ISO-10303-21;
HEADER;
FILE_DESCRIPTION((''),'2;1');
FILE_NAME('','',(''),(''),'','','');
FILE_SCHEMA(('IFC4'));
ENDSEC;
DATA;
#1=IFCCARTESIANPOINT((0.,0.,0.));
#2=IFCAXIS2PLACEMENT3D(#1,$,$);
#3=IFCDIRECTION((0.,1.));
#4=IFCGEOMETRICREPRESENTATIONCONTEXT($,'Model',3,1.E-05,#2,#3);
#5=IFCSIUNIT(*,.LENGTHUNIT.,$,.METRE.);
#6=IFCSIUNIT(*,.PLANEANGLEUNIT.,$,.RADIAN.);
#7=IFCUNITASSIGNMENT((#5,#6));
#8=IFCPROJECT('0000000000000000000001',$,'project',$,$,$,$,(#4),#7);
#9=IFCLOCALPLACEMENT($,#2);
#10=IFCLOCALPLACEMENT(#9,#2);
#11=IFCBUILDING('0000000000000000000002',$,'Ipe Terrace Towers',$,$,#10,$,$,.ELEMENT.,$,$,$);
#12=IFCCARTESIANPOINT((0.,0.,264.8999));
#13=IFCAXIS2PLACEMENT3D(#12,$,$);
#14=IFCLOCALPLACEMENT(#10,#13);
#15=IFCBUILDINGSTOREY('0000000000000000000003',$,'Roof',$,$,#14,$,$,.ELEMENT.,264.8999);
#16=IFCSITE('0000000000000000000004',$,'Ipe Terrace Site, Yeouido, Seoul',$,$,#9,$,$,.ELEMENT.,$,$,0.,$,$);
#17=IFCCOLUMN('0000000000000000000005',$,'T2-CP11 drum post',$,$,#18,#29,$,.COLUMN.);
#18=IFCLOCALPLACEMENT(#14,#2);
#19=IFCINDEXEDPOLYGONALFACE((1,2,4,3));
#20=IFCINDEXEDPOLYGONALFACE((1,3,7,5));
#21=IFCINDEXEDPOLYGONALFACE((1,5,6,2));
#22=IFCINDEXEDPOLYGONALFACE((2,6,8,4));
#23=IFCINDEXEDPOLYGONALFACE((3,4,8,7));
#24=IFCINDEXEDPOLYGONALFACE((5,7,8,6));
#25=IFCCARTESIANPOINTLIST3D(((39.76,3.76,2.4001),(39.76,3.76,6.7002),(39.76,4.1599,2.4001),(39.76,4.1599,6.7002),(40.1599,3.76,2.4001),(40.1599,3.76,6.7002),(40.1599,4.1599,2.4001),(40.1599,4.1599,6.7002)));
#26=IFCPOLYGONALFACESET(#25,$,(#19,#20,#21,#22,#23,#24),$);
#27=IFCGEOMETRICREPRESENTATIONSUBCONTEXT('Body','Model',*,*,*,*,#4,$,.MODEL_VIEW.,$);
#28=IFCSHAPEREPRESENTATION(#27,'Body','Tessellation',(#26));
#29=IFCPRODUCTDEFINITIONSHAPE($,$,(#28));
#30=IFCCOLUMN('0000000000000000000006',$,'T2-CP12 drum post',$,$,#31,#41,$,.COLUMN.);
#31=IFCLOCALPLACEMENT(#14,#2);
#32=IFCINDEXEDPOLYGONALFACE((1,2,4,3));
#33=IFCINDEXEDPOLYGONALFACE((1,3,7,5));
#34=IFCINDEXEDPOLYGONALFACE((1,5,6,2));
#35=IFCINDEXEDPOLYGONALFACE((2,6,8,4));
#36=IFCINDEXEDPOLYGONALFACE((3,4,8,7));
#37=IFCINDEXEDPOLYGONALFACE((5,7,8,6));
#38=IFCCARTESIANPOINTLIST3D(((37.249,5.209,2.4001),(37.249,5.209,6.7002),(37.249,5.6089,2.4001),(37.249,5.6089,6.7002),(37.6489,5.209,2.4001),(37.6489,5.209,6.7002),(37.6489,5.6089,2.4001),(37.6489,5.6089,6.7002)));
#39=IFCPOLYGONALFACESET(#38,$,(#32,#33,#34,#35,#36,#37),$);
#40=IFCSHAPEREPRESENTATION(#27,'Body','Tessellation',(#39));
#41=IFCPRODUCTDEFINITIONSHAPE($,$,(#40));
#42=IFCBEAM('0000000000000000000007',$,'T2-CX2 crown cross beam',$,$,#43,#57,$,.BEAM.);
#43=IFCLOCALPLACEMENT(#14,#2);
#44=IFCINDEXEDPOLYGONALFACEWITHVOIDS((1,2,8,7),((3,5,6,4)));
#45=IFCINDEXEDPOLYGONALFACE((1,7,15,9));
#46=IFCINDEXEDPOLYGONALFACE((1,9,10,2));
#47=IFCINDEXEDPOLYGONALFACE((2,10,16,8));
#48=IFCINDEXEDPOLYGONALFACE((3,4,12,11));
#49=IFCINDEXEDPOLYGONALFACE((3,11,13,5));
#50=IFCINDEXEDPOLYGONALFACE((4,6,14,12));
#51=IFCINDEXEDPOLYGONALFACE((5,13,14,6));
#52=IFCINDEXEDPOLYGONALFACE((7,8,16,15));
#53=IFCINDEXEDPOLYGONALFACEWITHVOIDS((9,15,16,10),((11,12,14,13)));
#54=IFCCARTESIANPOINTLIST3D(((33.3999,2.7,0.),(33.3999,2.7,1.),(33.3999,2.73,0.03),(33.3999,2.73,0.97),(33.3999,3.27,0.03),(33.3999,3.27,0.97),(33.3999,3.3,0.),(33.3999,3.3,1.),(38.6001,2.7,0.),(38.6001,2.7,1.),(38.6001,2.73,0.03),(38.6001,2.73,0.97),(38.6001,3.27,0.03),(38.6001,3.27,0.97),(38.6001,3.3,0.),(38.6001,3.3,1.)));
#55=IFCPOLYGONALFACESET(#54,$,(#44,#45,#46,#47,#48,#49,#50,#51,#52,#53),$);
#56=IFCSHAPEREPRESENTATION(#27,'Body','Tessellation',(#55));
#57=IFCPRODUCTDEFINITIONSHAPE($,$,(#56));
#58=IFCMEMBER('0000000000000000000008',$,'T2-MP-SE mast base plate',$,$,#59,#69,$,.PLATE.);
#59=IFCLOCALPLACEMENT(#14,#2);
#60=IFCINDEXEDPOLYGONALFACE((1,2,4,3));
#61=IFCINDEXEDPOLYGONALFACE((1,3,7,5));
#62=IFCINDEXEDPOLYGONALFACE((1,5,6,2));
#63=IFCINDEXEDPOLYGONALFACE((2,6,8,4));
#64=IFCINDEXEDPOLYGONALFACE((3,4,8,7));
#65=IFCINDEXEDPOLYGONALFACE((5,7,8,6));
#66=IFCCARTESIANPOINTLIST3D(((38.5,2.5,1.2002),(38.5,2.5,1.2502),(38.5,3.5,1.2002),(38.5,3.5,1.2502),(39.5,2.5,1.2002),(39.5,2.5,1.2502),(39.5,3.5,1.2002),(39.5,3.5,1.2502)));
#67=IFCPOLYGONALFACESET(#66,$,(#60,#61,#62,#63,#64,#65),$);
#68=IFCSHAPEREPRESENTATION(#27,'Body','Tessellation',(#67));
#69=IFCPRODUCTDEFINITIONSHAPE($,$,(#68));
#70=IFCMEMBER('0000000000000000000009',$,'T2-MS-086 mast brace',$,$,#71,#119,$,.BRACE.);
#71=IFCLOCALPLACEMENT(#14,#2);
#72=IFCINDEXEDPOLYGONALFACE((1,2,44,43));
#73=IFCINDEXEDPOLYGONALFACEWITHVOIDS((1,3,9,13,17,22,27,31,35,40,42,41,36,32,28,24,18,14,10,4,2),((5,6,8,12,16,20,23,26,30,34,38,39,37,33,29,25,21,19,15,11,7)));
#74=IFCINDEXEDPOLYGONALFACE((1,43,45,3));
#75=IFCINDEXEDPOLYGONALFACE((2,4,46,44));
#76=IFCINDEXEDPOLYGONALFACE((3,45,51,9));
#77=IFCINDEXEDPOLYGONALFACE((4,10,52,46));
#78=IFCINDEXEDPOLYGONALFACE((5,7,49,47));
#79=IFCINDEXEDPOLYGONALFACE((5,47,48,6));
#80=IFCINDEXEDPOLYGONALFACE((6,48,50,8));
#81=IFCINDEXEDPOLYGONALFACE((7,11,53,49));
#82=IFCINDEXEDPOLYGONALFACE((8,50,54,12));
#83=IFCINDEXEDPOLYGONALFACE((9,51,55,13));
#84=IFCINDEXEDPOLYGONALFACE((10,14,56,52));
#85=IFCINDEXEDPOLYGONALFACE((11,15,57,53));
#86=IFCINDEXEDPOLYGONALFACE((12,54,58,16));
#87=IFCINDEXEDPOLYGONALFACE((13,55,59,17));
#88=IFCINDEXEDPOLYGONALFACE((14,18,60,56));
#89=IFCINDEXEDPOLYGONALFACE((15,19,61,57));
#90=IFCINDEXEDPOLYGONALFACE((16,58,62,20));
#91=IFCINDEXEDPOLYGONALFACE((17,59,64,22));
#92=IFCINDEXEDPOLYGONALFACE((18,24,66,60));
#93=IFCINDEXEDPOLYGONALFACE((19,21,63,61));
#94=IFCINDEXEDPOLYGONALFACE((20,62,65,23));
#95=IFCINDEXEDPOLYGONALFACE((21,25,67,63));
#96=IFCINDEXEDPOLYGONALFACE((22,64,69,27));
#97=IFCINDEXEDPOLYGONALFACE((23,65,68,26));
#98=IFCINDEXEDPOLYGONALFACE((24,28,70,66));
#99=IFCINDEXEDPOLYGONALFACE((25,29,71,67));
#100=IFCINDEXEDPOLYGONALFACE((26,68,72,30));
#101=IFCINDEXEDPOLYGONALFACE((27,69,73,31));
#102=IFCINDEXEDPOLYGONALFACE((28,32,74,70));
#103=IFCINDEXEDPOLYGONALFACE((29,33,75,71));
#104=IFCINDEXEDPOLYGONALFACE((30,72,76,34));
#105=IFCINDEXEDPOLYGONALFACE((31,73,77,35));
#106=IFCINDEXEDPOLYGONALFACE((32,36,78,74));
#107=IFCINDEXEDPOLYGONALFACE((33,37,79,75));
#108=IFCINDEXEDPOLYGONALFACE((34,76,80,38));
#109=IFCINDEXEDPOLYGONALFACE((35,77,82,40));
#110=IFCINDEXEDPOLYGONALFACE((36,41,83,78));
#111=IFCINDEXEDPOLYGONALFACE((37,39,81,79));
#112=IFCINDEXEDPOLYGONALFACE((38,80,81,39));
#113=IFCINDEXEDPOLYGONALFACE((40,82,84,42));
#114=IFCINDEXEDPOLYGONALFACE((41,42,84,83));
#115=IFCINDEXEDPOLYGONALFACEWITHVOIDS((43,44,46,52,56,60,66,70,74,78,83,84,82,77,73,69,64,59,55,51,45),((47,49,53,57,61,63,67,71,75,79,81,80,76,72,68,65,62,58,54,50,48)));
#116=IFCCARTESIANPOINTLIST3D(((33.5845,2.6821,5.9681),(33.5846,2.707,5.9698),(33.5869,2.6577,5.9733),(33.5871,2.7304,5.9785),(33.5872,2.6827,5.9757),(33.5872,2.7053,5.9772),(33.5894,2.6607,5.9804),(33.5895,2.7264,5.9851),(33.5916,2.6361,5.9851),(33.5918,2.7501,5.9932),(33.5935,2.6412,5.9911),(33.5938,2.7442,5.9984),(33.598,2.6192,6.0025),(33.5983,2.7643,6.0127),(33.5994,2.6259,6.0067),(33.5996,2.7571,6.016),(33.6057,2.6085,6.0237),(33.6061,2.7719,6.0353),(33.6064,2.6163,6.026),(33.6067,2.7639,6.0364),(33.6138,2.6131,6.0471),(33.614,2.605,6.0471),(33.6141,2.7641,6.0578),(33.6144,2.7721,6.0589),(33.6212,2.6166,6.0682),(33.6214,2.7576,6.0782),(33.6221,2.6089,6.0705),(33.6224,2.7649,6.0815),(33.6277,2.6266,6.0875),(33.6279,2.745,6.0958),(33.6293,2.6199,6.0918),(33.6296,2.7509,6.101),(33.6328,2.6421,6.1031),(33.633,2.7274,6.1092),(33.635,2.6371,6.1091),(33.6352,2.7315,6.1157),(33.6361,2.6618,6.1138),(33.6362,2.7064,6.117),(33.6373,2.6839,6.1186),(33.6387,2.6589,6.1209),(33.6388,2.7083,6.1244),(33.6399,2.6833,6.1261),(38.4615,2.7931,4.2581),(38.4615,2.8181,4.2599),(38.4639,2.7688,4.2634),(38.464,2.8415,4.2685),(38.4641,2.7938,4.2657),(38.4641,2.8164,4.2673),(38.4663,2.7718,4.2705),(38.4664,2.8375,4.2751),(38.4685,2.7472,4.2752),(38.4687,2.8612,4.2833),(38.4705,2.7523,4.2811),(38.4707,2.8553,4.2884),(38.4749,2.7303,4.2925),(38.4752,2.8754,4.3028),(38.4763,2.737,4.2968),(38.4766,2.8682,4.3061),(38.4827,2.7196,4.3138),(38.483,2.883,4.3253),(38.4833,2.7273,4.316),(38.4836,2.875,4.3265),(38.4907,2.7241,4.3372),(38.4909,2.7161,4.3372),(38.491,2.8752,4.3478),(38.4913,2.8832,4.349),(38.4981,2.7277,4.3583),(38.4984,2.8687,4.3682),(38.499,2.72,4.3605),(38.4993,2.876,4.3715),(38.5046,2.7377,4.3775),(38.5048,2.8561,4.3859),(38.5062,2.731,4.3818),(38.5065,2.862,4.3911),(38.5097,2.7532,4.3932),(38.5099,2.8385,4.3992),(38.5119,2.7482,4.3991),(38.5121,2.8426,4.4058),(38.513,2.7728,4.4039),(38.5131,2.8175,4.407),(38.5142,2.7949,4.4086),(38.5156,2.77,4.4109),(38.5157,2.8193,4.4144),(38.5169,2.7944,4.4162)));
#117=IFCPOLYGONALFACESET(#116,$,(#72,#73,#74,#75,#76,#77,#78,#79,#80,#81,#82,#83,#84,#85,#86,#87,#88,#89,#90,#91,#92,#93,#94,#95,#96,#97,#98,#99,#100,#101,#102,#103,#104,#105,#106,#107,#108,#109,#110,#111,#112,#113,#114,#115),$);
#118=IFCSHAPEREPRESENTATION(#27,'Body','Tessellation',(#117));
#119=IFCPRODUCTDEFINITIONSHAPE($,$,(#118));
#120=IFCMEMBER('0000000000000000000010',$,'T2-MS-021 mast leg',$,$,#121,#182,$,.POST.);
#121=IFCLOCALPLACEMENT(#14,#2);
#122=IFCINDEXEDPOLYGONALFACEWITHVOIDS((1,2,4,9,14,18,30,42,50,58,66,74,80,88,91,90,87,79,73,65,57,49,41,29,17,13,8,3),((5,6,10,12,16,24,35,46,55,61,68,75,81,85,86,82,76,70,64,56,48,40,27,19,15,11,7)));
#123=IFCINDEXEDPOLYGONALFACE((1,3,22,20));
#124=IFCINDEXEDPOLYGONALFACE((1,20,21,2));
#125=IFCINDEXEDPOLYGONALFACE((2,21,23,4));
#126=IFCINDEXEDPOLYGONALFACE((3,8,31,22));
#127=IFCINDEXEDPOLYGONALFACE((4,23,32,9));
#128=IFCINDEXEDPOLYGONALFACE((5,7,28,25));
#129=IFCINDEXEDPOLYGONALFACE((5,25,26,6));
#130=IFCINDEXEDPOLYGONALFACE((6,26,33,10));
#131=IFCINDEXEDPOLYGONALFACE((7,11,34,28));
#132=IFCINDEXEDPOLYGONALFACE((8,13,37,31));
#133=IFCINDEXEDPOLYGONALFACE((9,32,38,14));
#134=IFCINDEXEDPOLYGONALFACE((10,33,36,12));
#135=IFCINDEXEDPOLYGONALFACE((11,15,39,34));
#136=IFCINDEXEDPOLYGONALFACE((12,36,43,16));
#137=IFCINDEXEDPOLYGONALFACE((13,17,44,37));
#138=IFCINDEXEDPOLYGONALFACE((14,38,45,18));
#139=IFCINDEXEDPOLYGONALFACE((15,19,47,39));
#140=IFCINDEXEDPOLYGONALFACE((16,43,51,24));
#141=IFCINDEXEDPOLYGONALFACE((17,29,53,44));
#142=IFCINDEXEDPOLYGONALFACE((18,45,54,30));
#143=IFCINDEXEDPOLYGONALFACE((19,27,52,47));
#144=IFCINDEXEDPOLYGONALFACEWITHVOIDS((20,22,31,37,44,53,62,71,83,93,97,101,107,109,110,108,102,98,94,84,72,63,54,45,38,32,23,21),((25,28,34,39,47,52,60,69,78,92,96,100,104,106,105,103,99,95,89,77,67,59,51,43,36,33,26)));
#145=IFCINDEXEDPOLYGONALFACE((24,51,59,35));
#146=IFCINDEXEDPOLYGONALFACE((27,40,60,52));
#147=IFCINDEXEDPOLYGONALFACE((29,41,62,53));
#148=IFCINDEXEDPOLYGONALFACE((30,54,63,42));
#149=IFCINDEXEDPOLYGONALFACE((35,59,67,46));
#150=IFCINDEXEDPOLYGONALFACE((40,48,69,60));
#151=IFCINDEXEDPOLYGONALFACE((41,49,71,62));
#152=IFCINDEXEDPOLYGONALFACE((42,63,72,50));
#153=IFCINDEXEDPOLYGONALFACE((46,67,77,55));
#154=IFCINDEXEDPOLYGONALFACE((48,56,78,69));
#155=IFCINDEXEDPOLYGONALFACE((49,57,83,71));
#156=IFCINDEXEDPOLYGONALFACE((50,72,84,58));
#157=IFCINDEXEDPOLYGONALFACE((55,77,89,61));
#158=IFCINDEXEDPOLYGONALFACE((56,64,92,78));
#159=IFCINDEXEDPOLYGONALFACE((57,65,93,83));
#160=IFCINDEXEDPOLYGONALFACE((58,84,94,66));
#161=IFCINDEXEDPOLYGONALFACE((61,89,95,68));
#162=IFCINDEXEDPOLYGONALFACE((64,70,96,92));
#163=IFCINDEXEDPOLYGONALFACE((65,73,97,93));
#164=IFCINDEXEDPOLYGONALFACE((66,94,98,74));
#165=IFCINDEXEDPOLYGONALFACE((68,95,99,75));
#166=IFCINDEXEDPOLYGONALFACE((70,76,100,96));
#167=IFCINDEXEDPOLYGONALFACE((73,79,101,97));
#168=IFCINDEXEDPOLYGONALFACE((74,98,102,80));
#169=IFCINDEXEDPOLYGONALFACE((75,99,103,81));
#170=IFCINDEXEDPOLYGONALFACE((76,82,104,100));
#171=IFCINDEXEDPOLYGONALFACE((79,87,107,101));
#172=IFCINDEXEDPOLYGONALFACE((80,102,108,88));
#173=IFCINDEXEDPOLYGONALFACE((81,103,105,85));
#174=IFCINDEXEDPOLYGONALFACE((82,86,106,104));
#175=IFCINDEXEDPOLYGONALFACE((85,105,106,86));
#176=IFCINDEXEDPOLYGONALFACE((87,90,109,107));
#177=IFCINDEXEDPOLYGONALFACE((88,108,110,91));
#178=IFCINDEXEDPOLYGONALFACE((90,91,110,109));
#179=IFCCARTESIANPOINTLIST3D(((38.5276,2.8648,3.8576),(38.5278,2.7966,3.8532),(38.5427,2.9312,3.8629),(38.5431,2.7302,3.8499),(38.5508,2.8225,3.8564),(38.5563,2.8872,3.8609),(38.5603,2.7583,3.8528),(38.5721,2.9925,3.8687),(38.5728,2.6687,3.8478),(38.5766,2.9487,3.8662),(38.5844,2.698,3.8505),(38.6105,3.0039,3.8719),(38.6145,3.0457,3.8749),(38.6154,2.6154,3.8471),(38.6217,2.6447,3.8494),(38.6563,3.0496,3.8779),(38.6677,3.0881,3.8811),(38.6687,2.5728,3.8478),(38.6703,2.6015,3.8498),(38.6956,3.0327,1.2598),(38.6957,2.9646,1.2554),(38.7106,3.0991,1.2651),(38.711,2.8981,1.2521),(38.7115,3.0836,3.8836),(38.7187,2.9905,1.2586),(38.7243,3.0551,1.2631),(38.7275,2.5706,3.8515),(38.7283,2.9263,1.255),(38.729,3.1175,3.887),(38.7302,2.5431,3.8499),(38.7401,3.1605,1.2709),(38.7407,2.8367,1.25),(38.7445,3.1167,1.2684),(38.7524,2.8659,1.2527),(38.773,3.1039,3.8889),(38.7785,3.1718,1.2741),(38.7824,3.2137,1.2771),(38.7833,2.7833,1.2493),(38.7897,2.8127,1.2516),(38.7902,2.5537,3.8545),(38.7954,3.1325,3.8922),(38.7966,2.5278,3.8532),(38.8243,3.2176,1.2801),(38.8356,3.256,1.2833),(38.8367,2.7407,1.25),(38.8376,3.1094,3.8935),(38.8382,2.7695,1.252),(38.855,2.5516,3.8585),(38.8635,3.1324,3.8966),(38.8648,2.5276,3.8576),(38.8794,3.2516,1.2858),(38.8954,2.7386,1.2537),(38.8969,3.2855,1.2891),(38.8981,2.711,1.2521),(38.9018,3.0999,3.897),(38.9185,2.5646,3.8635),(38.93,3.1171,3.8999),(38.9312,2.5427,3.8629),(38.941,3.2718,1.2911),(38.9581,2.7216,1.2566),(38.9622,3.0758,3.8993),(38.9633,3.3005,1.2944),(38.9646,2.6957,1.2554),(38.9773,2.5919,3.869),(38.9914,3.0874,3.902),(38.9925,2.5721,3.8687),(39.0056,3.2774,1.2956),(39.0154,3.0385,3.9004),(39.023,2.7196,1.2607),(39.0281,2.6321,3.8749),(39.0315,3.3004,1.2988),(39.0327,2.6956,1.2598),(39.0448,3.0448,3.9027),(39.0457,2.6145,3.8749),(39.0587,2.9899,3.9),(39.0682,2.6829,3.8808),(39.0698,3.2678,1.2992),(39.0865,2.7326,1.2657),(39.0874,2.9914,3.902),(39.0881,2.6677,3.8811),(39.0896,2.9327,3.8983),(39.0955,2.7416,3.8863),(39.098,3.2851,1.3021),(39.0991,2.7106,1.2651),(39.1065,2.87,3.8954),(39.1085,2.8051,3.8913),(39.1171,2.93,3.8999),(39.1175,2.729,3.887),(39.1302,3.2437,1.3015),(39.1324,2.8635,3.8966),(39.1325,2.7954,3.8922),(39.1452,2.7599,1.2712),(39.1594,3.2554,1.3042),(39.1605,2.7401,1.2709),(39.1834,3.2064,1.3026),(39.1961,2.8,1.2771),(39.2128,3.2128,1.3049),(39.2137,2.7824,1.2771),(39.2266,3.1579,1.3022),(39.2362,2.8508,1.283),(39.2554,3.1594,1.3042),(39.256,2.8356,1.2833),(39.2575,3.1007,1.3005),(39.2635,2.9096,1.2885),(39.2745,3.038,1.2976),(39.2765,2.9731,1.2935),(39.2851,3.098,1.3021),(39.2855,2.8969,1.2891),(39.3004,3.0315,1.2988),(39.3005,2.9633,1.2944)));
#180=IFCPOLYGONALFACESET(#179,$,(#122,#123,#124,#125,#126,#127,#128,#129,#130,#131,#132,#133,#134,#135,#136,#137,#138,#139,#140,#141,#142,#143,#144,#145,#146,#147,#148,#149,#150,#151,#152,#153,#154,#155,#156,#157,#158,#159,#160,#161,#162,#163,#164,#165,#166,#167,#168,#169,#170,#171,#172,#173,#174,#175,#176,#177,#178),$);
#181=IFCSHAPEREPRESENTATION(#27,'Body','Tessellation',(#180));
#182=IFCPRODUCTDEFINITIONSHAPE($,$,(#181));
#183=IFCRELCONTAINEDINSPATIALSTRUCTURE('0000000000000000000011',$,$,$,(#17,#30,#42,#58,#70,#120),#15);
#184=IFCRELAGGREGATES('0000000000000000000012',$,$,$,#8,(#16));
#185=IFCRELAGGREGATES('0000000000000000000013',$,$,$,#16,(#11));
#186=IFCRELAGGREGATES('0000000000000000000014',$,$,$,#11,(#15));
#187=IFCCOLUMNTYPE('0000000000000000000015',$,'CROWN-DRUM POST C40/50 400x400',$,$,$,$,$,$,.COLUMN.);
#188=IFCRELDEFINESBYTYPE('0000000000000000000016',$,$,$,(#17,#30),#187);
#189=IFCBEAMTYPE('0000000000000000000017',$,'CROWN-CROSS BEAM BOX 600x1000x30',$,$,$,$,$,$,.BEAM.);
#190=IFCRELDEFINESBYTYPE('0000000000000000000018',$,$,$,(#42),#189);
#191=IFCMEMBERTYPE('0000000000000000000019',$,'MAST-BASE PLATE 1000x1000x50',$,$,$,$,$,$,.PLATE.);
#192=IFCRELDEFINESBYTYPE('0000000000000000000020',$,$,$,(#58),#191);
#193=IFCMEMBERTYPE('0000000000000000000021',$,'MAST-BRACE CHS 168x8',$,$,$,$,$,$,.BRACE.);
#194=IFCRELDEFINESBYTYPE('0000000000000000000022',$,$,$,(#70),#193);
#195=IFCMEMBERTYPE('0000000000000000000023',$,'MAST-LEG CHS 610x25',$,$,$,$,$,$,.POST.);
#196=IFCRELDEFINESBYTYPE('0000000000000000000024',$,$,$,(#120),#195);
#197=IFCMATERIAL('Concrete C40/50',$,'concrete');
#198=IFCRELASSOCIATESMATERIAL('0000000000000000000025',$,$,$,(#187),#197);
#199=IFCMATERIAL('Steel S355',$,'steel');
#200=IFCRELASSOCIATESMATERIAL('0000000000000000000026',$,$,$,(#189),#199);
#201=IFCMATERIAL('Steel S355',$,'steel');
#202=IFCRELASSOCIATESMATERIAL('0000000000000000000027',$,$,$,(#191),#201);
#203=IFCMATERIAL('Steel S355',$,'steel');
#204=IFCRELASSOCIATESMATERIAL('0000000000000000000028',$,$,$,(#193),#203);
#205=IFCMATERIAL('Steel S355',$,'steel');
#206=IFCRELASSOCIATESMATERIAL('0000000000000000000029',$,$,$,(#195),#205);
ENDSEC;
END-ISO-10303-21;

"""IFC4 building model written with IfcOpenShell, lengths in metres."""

from ifc_helpers import new_model, si_unit, direction, frame, origin, origin_2d, place, context, subcontext, project, spatial, rectangle, hollow_rectangle, hollow_circle, extrude, material, material_profile, profile_set, type_object, element, save


model = new_model("IFC4")

# Units and contexts
model_context = context("Model", 3, precision=1e-05, world=origin(), true_north=direction((0.0, 1.0)))
body_context = subcontext(model_context, "Body", "Model", "MODEL_VIEW")
ifc_project = project(units=[si_unit("LENGTHUNIT", "METRE"), si_unit("PLANEANGLEUNIT", "RADIAN")], contexts=[model_context])

# Site, building, storey
site_placement = place(None, origin())
site = spatial("IfcSite", under=ifc_project, at=site_placement, Name="Ipe Terrace Site, Yeouido, Seoul", CompositionType="ELEMENT", RefElevation=0.0)
building_placement = place(site_placement, origin())
building = spatial("IfcBuilding", under=site, at=building_placement, Name="Ipe Terrace Towers", CompositionType="ELEMENT")
storey_placement = place(building_placement, frame((0.0, 0.0, 264.8999)))
storey = spatial("IfcBuildingStorey", under=building, at=storey_placement, Name="Roof", CompositionType="ELEMENT", Elevation=264.8999)

# Columns
ifc_material_1 = material(Name="Concrete C40/50", Category="concrete")
ifc_material_profile_1 = material_profile(ifc_material_1, rectangle(XDim=0.3999, YDim=0.3999, at=origin_2d()), Name="CROWN-DRUM POST C40/50 400x400")
ifc_profile_set_1 = profile_set([ifc_material_profile_1], Name="Concrete C40/50")
column_type = type_object("IfcColumnType", Name="CROWN-DRUM POST C40/50 400x400", PredefinedType="COLUMN", material=ifc_profile_set_1)
for number, where, z_axis, x_axis, name in (
    (1, (39.96, 3.96, 2.4001), (0.0, 0.0, 1.0), (1.0, 0.0, 0.0), "T2-CP11 drum post"),
    (2, (37.449, 5.4089, 2.4001), (0.0, 0.0, 1.0), (1.0, 0.0, 0.0), "T2-CP12 drum post"),
):
    element("IfcColumn", number, at=place(storey_placement, frame(where, z_axis=z_axis, x_axis=x_axis)), inside=storey, type_object=column_type, Name=name, PredefinedType="COLUMN", context=body_context, shape_type="SweptSolid", body=[
        extrude(rectangle(XDim=0.3999, YDim=0.3999, at=origin_2d()), origin(), (0.0, 0.0, 1.0), 4.3),
    ])

# Beam
ifc_material_2 = material(Name="Steel S355", Category="steel")
ifc_material_profile_2 = material_profile(ifc_material_2, hollow_rectangle(XDim=0.6001, YDim=1.0, WallThickness=0.03, at=origin_2d()), Name="CROWN-CROSS BEAM BOX 600x1000x30")
ifc_profile_set_2 = profile_set([ifc_material_profile_2], Name="Steel S355")
beam_type_1 = type_object("IfcBeamType", Name="CROWN-CROSS BEAM BOX 600x1000x30", PredefinedType="BEAM", material=ifc_profile_set_2)
beam_1_placement = place(storey_placement, frame((38.6001, 3.0, 0.5), z_axis=(-1.0, 0.0, 0.0), x_axis=(0.0, -1.0, 0.0)))
element("IfcBeam", 3, at=beam_1_placement, inside=storey, type_object=beam_type_1, Name="T2-CX2 crown cross beam", PredefinedType="BEAM", context=body_context, shape_type="SweptSolid", body=[
    extrude(hollow_rectangle(XDim=0.6001, YDim=1.0, WallThickness=0.03, at=origin_2d()), origin(), (0.0, 0.0, 1.0), 5.2002),
])

# Members
ifc_material_3 = material(Name="Steel S355", Category="steel")
member_type_1 = type_object("IfcMemberType", Name="MAST-BASE PLATE 1000x1000x50", PredefinedType="PLATE", material=ifc_material_3)
member_1_placement = place(storey_placement, frame((39.0, 3.0, 1.2002), z_axis=(0.0, 0.0, 1.0), x_axis=(1.0, 0.0, 0.0)))
element("IfcMember", 4, at=member_1_placement, inside=storey, type_object=member_type_1, Name="T2-MP-SE mast base plate", PredefinedType="PLATE", context=body_context, shape_type="SweptSolid", body=[
    extrude(rectangle(XDim=1.0, YDim=1.0, at=origin_2d()), origin(), (0.0, 0.0, 1.0), 0.05),
])
ifc_material_4 = material(Name="Steel S355", Category="steel")
ifc_material_profile_3 = material_profile(ifc_material_4, hollow_circle(Radius=0.084, WallThickness=0.0081, at=origin_2d()), Name="MAST-BRACE CHS 168x8")
ifc_profile_set_3 = profile_set([ifc_material_profile_3], Name="Steel S355")
member_type_2 = type_object("IfcMemberType", Name="MAST-BRACE CHS 168x8", PredefinedType="BRACE", material=ifc_profile_set_3)
member_2_placement = place(storey_placement, frame((38.489, 2.8, 4.3372), z_axis=(-0.943458, -0.021489, 0.330796), x_axis=(0.022771, -0.999741, 0.0)))
element("IfcMember", 5, at=member_2_placement, inside=storey, type_object=member_type_2, Name="T2-MS-086 mast brace", PredefinedType="BRACE", context=body_context, shape_type="SweptSolid", body=[
    extrude(hollow_circle(Radius=0.084, WallThickness=0.0081, at=origin_2d()), origin(), (0.0, 0.0, 1.0), 5.1692),
])
ifc_material_5 = material(Name="Steel S355", Category="steel")
ifc_material_profile_4 = material_profile(ifc_material_5, hollow_circle(Radius=0.3049, WallThickness=0.0249, at=origin_2d()), Name="MAST-LEG CHS 610x25")
ifc_profile_set_4 = profile_set([ifc_material_profile_4], Name="Steel S355")
member_type_3 = type_object("IfcMemberType", Name="MAST-LEG CHS 610x25", PredefinedType="POST", material=ifc_profile_set_4)
member_3_placement = place(storey_placement, frame((38.998, 2.998, 1.2771), z_axis=(-0.064387, -0.064387, 0.995846), x_axis=(0.707107, -0.707107, 0.0)))
element("IfcMember", 6, at=member_3_placement, inside=storey, type_object=member_type_3, Name="T2-MS-021 mast leg", PredefinedType="POST", context=body_context, shape_type="SweptSolid", body=[
    extrude(hollow_circle(Radius=0.3049, WallThickness=0.0249, at=origin_2d()), origin(), (0.0, 0.0, 1.0), 2.6086),
])

save(model, "model.ifc")
